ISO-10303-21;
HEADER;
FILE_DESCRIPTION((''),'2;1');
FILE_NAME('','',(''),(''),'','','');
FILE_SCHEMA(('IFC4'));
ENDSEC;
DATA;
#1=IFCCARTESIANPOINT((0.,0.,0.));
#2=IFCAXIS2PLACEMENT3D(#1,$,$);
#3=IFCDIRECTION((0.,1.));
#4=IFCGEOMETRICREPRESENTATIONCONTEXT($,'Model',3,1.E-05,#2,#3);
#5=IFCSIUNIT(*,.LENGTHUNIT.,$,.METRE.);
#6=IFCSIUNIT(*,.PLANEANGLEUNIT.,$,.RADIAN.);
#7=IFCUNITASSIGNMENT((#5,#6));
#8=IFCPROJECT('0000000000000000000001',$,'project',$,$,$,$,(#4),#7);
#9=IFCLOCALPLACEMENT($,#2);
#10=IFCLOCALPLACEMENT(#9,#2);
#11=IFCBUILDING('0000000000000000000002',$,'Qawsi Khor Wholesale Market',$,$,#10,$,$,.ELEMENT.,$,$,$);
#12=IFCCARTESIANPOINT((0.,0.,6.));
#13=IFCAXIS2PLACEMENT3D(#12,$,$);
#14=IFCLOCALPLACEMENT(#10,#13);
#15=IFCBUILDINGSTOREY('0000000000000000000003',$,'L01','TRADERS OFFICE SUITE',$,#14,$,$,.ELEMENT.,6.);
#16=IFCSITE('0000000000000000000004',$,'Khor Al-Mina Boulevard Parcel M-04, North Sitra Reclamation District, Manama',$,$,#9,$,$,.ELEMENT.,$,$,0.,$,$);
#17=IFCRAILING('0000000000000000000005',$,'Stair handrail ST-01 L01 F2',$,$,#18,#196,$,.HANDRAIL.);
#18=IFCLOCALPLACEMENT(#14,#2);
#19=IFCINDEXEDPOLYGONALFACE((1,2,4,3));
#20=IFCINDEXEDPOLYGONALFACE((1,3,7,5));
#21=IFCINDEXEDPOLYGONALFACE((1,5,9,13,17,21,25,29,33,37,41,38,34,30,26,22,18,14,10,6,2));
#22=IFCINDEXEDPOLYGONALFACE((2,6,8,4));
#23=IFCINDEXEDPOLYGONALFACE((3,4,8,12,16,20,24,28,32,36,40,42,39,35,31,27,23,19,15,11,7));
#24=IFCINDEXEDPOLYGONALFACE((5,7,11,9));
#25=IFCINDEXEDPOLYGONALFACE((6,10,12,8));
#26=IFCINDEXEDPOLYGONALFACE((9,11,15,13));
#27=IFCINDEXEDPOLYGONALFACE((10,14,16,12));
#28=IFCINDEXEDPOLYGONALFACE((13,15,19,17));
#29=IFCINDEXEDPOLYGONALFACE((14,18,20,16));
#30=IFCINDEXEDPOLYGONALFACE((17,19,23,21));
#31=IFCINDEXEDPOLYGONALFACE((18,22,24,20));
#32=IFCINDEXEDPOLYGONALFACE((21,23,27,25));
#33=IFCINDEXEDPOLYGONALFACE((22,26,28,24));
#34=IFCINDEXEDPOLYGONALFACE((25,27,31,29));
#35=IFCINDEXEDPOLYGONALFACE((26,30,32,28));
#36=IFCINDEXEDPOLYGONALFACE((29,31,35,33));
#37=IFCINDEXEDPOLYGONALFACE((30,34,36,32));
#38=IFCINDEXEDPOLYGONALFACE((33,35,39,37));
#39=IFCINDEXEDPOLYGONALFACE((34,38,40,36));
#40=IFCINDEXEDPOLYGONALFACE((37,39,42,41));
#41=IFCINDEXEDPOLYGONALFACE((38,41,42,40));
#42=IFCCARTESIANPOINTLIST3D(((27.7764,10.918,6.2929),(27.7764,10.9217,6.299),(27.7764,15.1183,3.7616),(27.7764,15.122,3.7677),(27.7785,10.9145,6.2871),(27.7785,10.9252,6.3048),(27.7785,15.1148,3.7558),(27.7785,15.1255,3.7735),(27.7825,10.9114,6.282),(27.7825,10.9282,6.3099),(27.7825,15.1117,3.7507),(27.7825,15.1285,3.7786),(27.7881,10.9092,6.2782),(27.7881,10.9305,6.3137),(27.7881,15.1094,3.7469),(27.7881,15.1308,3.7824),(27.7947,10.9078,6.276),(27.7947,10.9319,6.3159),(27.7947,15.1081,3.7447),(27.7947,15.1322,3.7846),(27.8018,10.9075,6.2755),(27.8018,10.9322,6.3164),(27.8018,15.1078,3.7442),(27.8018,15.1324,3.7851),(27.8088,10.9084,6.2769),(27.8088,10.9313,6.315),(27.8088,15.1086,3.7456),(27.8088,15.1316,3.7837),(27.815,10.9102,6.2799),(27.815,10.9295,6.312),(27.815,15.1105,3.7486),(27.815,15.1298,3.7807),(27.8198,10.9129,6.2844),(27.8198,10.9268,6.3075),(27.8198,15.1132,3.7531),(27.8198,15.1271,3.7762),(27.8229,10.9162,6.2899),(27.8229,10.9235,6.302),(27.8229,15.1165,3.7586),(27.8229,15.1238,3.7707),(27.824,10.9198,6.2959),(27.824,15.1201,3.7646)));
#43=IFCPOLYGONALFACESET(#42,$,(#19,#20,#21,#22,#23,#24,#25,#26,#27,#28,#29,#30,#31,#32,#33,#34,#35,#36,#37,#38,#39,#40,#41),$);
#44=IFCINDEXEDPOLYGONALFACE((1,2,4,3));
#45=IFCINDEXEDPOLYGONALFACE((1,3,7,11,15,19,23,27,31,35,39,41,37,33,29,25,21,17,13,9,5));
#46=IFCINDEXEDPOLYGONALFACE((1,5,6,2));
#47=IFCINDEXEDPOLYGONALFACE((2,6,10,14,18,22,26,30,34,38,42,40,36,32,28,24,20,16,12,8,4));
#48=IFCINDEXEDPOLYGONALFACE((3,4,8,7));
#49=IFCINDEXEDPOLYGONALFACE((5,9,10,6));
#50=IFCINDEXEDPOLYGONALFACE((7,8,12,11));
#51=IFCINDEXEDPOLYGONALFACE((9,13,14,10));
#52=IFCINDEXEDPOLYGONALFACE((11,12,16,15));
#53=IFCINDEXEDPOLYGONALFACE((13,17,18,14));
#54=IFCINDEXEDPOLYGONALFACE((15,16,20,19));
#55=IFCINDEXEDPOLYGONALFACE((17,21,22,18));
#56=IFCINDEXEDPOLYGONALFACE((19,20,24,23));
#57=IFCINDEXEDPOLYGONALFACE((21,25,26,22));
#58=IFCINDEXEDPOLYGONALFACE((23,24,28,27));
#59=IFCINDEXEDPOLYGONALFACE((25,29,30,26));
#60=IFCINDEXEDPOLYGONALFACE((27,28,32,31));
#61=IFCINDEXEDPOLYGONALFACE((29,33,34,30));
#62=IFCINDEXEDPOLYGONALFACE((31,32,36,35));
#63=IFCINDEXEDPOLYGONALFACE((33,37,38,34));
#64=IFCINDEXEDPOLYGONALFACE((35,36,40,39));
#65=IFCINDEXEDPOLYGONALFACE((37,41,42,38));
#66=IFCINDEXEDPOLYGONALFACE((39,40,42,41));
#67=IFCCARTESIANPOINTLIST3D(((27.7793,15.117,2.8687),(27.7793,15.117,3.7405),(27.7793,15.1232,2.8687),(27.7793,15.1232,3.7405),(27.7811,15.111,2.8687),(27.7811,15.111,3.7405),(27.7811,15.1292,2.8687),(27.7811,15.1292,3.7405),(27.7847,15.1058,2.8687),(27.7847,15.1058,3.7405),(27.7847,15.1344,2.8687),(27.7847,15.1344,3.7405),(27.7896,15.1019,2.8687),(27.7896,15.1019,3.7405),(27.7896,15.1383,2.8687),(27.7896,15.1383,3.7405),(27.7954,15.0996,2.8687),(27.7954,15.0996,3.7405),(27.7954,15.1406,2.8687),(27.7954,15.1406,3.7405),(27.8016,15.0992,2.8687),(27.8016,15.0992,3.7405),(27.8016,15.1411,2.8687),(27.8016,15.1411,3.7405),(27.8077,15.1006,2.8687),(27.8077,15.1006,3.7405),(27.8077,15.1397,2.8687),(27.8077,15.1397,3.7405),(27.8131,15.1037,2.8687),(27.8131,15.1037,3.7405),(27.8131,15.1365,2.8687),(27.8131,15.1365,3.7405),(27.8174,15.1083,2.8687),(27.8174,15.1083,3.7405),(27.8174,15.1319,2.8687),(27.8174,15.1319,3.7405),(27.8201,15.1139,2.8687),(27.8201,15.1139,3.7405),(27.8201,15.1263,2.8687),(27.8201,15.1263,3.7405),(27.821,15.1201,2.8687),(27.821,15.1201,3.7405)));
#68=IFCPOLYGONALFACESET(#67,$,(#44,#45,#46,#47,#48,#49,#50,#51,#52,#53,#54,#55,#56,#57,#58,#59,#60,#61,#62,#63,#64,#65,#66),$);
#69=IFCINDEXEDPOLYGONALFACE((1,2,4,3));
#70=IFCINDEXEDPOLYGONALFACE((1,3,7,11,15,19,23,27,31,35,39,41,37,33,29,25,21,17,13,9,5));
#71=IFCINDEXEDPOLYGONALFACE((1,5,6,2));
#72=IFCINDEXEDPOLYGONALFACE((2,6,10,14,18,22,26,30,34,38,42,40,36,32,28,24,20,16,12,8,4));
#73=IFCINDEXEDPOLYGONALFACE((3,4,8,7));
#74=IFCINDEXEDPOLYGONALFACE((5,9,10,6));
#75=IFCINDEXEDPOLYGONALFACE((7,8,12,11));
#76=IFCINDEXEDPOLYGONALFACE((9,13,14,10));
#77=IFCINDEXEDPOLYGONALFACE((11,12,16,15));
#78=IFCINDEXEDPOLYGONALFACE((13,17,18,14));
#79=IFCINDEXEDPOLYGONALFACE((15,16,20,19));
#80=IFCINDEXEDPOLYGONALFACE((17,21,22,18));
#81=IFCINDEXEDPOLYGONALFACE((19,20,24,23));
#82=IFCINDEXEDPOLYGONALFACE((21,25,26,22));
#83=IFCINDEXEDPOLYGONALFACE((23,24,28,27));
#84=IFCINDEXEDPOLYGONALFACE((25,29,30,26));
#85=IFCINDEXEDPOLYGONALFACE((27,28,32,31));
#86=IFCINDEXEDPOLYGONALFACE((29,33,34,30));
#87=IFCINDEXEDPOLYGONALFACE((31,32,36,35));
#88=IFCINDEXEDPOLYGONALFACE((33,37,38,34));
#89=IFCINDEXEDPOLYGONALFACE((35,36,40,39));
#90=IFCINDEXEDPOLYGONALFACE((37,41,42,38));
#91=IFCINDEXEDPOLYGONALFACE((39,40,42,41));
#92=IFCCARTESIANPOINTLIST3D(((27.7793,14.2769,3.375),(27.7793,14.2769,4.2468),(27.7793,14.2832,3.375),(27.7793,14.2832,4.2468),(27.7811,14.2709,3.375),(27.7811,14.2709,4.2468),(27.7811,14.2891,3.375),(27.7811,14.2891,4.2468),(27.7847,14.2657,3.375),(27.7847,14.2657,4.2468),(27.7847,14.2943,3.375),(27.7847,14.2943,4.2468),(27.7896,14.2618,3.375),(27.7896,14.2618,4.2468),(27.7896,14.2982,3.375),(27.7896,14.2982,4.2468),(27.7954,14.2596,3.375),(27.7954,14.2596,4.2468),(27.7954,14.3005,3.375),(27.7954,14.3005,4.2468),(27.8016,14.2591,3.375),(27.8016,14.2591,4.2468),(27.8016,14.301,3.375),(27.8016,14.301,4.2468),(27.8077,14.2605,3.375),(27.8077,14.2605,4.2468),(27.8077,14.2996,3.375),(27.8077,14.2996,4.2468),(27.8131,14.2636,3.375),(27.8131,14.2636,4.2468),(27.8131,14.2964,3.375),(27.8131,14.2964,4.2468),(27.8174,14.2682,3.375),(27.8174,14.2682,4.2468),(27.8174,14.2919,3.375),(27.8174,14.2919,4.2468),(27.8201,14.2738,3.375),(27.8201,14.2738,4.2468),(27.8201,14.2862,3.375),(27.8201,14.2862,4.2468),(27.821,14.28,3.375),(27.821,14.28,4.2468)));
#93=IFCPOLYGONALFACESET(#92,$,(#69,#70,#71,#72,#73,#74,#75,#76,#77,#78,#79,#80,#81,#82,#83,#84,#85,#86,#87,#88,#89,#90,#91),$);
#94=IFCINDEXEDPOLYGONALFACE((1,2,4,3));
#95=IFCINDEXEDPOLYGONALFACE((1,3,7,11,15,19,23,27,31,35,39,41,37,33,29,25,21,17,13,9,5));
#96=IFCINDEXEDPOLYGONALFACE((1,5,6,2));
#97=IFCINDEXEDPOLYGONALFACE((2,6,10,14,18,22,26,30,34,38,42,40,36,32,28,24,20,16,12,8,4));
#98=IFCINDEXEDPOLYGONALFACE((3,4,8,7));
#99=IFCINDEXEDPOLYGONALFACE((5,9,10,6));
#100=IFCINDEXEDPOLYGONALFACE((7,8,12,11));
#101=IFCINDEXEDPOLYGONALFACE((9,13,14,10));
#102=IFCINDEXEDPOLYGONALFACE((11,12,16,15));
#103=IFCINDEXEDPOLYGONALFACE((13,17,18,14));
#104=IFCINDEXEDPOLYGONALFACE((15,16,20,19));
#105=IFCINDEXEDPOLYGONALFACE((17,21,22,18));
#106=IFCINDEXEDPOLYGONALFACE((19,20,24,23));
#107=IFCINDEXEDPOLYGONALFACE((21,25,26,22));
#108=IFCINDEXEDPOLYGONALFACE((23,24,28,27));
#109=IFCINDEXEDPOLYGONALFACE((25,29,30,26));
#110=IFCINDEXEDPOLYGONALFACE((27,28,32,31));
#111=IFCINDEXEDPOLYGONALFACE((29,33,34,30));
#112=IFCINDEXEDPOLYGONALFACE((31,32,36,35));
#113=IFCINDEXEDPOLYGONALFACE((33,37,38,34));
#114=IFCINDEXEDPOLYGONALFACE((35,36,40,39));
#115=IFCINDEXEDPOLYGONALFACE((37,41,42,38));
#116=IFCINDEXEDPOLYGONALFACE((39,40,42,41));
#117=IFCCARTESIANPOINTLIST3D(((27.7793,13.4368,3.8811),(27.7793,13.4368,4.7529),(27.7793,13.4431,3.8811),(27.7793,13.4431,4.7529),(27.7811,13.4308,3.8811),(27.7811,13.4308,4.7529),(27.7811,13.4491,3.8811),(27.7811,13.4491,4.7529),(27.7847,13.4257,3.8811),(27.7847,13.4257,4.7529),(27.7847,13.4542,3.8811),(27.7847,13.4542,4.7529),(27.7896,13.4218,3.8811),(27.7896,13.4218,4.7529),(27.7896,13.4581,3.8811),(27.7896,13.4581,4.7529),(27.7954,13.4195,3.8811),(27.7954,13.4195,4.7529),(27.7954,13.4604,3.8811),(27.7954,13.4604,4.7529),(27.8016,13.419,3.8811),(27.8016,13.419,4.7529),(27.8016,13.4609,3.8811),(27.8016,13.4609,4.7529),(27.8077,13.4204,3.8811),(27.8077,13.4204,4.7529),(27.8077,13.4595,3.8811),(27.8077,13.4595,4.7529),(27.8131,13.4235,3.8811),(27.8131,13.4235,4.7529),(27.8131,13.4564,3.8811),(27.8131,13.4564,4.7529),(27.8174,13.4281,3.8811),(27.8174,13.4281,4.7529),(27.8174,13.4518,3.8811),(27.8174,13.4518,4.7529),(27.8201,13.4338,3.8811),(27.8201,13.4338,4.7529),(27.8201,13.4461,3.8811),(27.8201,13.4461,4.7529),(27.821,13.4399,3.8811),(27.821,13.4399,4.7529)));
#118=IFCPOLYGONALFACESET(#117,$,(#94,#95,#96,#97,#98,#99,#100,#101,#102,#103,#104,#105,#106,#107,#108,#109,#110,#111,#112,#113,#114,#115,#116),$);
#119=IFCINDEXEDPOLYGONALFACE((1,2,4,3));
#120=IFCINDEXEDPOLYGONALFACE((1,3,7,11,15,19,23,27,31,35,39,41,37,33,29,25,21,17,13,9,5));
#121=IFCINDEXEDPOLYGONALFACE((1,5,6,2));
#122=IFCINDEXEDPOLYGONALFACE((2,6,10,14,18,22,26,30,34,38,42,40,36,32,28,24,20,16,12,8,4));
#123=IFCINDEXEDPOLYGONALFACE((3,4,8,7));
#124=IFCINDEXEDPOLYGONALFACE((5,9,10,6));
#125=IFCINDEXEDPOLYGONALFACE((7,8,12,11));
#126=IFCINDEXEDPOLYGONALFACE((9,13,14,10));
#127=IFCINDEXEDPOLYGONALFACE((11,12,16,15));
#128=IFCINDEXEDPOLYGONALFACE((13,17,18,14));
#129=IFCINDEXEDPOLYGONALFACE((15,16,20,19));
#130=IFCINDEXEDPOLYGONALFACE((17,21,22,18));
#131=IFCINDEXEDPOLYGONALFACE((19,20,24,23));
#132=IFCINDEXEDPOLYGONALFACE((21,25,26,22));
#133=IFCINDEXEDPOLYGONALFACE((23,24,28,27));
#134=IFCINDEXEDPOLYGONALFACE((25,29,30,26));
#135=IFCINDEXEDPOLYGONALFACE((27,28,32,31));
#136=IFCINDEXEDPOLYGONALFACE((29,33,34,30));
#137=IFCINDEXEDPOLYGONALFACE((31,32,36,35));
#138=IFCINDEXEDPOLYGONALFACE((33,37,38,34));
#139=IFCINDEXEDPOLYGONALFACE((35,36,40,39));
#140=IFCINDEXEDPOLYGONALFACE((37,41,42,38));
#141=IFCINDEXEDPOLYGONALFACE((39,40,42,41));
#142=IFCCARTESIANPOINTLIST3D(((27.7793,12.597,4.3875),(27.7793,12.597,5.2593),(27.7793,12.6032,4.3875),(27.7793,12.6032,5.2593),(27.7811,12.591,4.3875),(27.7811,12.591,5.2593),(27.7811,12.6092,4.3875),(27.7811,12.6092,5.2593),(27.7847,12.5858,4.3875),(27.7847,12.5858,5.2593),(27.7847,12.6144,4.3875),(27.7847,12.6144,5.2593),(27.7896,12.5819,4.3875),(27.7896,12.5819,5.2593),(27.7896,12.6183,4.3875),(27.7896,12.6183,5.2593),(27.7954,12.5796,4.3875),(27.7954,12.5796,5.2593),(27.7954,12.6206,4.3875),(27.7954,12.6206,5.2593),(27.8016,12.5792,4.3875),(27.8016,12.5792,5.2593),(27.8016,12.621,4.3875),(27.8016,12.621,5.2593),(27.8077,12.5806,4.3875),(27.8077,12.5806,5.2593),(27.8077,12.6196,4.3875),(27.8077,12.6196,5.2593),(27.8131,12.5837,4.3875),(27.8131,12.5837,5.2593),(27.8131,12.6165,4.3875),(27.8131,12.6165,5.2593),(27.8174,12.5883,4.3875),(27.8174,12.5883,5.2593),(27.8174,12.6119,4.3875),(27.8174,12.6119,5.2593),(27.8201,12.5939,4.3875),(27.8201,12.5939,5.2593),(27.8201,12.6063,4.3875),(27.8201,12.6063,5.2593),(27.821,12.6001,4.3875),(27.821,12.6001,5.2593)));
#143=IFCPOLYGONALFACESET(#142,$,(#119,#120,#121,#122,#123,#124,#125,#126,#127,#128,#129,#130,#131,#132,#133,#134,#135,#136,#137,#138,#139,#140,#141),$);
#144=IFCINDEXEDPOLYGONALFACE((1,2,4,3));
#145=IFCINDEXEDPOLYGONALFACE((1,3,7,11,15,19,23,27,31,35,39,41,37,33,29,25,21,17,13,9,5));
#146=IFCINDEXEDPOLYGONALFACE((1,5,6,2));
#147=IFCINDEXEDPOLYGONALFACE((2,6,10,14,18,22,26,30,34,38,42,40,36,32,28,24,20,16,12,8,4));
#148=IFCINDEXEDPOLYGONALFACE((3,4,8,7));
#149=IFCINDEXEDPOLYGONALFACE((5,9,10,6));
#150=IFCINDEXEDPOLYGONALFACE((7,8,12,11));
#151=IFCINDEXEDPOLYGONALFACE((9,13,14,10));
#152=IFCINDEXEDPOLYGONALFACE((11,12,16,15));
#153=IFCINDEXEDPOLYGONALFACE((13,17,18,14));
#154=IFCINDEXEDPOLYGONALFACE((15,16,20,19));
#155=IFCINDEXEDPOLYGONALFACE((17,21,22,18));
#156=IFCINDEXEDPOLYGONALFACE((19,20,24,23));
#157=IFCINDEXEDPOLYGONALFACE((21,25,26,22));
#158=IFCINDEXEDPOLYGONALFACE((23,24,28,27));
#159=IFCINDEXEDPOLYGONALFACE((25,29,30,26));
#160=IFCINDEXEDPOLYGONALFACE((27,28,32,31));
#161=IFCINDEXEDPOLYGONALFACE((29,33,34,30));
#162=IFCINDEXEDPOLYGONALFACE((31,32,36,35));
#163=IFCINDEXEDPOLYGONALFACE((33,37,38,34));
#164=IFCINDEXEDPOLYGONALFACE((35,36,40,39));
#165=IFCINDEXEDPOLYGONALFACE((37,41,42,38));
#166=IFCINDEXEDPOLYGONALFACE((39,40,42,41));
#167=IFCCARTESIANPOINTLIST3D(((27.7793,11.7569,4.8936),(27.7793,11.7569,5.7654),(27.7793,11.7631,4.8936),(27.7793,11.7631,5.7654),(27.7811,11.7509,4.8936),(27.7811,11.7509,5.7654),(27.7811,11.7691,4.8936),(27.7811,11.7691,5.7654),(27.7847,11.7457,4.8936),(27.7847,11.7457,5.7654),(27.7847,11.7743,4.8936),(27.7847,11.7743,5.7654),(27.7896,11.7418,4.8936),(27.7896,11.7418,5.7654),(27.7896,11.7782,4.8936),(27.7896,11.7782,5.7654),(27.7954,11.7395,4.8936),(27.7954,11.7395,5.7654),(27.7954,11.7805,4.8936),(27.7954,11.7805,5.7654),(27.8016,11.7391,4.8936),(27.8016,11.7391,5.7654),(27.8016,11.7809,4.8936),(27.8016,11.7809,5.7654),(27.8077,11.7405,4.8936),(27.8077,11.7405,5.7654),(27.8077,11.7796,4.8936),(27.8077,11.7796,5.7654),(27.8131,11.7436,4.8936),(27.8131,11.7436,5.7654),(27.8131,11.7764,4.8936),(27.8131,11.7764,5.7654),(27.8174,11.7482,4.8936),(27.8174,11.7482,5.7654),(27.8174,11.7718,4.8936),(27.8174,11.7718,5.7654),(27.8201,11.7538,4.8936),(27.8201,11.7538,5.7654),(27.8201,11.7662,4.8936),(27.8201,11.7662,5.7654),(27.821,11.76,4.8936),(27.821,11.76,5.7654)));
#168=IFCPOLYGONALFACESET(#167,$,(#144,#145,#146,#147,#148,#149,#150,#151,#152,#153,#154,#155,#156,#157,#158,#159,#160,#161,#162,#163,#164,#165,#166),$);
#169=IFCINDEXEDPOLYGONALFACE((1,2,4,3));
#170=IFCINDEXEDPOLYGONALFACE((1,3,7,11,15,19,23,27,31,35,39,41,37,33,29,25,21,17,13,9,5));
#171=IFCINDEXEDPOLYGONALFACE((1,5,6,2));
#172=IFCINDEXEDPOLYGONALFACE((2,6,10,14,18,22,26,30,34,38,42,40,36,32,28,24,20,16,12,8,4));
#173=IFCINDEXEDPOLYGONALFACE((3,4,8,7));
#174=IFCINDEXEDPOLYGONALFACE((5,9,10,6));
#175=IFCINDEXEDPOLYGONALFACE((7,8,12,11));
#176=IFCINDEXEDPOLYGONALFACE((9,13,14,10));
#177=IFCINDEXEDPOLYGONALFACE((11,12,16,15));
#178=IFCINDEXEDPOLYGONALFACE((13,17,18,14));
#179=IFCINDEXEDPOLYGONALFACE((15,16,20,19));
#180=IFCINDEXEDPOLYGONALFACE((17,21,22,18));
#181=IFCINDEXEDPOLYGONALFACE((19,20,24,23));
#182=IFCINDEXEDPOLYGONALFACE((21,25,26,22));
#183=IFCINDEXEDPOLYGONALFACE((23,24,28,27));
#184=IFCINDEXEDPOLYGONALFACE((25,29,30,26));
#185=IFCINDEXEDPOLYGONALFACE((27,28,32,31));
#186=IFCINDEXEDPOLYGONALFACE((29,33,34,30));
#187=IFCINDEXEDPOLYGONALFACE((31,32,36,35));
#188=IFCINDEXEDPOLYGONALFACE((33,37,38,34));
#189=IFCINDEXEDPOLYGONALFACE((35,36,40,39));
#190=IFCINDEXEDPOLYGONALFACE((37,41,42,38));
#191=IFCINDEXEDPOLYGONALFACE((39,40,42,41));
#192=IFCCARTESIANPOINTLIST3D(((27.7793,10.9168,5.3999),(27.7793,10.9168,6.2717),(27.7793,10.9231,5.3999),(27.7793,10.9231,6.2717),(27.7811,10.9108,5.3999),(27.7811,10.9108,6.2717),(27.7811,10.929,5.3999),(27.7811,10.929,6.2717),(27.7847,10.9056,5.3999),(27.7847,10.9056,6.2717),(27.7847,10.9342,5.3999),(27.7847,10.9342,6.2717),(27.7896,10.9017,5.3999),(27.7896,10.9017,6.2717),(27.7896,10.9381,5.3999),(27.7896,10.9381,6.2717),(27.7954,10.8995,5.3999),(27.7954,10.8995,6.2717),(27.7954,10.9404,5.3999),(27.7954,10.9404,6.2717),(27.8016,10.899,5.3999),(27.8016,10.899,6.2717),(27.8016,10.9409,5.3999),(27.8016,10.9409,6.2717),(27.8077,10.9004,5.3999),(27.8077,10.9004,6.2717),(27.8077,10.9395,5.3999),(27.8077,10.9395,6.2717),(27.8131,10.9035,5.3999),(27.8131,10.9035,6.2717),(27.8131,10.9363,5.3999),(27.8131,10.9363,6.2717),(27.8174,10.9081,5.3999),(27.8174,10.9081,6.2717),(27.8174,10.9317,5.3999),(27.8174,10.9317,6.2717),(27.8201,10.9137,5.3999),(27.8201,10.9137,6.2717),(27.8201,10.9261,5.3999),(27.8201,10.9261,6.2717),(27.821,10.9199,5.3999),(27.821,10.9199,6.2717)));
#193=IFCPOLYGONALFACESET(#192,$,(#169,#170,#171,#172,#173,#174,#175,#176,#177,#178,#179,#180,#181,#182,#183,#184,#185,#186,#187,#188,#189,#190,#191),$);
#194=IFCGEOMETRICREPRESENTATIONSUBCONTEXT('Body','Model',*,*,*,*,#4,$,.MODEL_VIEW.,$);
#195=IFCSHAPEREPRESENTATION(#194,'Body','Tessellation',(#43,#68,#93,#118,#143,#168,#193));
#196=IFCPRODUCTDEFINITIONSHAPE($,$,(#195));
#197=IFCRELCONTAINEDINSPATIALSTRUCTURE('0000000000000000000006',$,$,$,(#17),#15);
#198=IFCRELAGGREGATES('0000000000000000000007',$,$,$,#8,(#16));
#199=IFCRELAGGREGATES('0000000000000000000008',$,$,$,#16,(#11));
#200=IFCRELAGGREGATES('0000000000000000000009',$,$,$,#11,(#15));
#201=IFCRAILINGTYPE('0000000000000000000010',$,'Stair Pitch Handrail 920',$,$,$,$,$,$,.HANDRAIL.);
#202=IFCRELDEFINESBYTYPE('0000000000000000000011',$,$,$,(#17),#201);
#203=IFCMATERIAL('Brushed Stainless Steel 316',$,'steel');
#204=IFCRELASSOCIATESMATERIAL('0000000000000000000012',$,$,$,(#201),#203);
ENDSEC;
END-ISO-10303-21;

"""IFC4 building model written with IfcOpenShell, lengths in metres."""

from ifc_helpers import new_model, si_unit, direction, frame, origin, origin_2d, place, context, subcontext, project, spatial, circle, extrude, material, type_object, element, save


model = new_model("IFC4")

# Units and contexts
model_context = context("Model", 3, precision=1e-05, world=origin(), true_north=direction((0.0, 1.0)))
body_context = subcontext(model_context, "Body", "Model", "MODEL_VIEW")
ifc_project = project(units=[si_unit("LENGTHUNIT", "METRE"), si_unit("PLANEANGLEUNIT", "RADIAN")], contexts=[model_context])

# Site, building, storey
site_placement = place(None, origin())
site = spatial("IfcSite", under=ifc_project, at=site_placement, Name="Khor Al-Mina Boulevard Parcel M-04, North Sitra Reclamation District, Manama", CompositionType="ELEMENT", RefElevation=0.0)
building_placement = place(site_placement, origin())
building = spatial("IfcBuilding", under=site, at=building_placement, Name="Qawsi Khor Wholesale Market", CompositionType="ELEMENT")
storey_placement = place(building_placement, frame((0.0, 0.0, 6.0)))
storey = spatial("IfcBuildingStorey", under=building, at=storey_placement, Name="L01", Description="TRADERS OFFICE SUITE", CompositionType="ELEMENT", Elevation=6.0)

# Railing
ifc_material_1 = material(Name="Brushed Stainless Steel 316", Category="steel")
railing_type_1 = type_object("IfcRailingType", Name="Stair Pitch Handrail 920", PredefinedType="HANDRAIL", material=ifc_material_1)
railing_1_placement = place(storey_placement, frame((27.8, 15.1201, 2.8687)))
element("IfcRailing", 1, at=railing_1_placement, inside=storey, type_object=railing_type_1, Name="Stair handrail ST-01 L01 F2", PredefinedType="HANDRAIL", context=body_context, shape_type="SweptSolid", body=[
    extrude(circle(Radius=0.0239, at=origin_2d()), frame((0.0, 0.0, 0.896), z_axis=(0.0, -0.85649, 0.516164), x_axis=(1.0, 0.0, 0.0)), (0.0, 0.0, 1.0), 4.9041),
    extrude(circle(Radius=0.021, at=origin_2d()), origin(), (0.0, 0.0, 1.0), 0.8718),
    extrude(circle(Radius=0.021, at=origin_2d()), frame((0.0, -0.8401, 0.5063)), (0.0, 0.0, 1.0), 0.8718),
    extrude(circle(Radius=0.021, at=origin_2d()), frame((0.0, -1.6802, 1.0125)), (0.0, 0.0, 1.0), 0.8718),
    extrude(circle(Radius=0.021, at=origin_2d()), frame((0.0, -2.52, 1.5188)), (0.0, 0.0, 1.0), 0.8718),
    extrude(circle(Radius=0.021, at=origin_2d()), frame((0.0, -3.3601, 2.0249)), (0.0, 0.0, 1.0), 0.8718),
    extrude(circle(Radius=0.021, at=origin_2d()), frame((0.0, -4.2002, 2.5312)), (0.0, 0.0, 1.0), 0.8718),
])

save(model, "model.ifc")
